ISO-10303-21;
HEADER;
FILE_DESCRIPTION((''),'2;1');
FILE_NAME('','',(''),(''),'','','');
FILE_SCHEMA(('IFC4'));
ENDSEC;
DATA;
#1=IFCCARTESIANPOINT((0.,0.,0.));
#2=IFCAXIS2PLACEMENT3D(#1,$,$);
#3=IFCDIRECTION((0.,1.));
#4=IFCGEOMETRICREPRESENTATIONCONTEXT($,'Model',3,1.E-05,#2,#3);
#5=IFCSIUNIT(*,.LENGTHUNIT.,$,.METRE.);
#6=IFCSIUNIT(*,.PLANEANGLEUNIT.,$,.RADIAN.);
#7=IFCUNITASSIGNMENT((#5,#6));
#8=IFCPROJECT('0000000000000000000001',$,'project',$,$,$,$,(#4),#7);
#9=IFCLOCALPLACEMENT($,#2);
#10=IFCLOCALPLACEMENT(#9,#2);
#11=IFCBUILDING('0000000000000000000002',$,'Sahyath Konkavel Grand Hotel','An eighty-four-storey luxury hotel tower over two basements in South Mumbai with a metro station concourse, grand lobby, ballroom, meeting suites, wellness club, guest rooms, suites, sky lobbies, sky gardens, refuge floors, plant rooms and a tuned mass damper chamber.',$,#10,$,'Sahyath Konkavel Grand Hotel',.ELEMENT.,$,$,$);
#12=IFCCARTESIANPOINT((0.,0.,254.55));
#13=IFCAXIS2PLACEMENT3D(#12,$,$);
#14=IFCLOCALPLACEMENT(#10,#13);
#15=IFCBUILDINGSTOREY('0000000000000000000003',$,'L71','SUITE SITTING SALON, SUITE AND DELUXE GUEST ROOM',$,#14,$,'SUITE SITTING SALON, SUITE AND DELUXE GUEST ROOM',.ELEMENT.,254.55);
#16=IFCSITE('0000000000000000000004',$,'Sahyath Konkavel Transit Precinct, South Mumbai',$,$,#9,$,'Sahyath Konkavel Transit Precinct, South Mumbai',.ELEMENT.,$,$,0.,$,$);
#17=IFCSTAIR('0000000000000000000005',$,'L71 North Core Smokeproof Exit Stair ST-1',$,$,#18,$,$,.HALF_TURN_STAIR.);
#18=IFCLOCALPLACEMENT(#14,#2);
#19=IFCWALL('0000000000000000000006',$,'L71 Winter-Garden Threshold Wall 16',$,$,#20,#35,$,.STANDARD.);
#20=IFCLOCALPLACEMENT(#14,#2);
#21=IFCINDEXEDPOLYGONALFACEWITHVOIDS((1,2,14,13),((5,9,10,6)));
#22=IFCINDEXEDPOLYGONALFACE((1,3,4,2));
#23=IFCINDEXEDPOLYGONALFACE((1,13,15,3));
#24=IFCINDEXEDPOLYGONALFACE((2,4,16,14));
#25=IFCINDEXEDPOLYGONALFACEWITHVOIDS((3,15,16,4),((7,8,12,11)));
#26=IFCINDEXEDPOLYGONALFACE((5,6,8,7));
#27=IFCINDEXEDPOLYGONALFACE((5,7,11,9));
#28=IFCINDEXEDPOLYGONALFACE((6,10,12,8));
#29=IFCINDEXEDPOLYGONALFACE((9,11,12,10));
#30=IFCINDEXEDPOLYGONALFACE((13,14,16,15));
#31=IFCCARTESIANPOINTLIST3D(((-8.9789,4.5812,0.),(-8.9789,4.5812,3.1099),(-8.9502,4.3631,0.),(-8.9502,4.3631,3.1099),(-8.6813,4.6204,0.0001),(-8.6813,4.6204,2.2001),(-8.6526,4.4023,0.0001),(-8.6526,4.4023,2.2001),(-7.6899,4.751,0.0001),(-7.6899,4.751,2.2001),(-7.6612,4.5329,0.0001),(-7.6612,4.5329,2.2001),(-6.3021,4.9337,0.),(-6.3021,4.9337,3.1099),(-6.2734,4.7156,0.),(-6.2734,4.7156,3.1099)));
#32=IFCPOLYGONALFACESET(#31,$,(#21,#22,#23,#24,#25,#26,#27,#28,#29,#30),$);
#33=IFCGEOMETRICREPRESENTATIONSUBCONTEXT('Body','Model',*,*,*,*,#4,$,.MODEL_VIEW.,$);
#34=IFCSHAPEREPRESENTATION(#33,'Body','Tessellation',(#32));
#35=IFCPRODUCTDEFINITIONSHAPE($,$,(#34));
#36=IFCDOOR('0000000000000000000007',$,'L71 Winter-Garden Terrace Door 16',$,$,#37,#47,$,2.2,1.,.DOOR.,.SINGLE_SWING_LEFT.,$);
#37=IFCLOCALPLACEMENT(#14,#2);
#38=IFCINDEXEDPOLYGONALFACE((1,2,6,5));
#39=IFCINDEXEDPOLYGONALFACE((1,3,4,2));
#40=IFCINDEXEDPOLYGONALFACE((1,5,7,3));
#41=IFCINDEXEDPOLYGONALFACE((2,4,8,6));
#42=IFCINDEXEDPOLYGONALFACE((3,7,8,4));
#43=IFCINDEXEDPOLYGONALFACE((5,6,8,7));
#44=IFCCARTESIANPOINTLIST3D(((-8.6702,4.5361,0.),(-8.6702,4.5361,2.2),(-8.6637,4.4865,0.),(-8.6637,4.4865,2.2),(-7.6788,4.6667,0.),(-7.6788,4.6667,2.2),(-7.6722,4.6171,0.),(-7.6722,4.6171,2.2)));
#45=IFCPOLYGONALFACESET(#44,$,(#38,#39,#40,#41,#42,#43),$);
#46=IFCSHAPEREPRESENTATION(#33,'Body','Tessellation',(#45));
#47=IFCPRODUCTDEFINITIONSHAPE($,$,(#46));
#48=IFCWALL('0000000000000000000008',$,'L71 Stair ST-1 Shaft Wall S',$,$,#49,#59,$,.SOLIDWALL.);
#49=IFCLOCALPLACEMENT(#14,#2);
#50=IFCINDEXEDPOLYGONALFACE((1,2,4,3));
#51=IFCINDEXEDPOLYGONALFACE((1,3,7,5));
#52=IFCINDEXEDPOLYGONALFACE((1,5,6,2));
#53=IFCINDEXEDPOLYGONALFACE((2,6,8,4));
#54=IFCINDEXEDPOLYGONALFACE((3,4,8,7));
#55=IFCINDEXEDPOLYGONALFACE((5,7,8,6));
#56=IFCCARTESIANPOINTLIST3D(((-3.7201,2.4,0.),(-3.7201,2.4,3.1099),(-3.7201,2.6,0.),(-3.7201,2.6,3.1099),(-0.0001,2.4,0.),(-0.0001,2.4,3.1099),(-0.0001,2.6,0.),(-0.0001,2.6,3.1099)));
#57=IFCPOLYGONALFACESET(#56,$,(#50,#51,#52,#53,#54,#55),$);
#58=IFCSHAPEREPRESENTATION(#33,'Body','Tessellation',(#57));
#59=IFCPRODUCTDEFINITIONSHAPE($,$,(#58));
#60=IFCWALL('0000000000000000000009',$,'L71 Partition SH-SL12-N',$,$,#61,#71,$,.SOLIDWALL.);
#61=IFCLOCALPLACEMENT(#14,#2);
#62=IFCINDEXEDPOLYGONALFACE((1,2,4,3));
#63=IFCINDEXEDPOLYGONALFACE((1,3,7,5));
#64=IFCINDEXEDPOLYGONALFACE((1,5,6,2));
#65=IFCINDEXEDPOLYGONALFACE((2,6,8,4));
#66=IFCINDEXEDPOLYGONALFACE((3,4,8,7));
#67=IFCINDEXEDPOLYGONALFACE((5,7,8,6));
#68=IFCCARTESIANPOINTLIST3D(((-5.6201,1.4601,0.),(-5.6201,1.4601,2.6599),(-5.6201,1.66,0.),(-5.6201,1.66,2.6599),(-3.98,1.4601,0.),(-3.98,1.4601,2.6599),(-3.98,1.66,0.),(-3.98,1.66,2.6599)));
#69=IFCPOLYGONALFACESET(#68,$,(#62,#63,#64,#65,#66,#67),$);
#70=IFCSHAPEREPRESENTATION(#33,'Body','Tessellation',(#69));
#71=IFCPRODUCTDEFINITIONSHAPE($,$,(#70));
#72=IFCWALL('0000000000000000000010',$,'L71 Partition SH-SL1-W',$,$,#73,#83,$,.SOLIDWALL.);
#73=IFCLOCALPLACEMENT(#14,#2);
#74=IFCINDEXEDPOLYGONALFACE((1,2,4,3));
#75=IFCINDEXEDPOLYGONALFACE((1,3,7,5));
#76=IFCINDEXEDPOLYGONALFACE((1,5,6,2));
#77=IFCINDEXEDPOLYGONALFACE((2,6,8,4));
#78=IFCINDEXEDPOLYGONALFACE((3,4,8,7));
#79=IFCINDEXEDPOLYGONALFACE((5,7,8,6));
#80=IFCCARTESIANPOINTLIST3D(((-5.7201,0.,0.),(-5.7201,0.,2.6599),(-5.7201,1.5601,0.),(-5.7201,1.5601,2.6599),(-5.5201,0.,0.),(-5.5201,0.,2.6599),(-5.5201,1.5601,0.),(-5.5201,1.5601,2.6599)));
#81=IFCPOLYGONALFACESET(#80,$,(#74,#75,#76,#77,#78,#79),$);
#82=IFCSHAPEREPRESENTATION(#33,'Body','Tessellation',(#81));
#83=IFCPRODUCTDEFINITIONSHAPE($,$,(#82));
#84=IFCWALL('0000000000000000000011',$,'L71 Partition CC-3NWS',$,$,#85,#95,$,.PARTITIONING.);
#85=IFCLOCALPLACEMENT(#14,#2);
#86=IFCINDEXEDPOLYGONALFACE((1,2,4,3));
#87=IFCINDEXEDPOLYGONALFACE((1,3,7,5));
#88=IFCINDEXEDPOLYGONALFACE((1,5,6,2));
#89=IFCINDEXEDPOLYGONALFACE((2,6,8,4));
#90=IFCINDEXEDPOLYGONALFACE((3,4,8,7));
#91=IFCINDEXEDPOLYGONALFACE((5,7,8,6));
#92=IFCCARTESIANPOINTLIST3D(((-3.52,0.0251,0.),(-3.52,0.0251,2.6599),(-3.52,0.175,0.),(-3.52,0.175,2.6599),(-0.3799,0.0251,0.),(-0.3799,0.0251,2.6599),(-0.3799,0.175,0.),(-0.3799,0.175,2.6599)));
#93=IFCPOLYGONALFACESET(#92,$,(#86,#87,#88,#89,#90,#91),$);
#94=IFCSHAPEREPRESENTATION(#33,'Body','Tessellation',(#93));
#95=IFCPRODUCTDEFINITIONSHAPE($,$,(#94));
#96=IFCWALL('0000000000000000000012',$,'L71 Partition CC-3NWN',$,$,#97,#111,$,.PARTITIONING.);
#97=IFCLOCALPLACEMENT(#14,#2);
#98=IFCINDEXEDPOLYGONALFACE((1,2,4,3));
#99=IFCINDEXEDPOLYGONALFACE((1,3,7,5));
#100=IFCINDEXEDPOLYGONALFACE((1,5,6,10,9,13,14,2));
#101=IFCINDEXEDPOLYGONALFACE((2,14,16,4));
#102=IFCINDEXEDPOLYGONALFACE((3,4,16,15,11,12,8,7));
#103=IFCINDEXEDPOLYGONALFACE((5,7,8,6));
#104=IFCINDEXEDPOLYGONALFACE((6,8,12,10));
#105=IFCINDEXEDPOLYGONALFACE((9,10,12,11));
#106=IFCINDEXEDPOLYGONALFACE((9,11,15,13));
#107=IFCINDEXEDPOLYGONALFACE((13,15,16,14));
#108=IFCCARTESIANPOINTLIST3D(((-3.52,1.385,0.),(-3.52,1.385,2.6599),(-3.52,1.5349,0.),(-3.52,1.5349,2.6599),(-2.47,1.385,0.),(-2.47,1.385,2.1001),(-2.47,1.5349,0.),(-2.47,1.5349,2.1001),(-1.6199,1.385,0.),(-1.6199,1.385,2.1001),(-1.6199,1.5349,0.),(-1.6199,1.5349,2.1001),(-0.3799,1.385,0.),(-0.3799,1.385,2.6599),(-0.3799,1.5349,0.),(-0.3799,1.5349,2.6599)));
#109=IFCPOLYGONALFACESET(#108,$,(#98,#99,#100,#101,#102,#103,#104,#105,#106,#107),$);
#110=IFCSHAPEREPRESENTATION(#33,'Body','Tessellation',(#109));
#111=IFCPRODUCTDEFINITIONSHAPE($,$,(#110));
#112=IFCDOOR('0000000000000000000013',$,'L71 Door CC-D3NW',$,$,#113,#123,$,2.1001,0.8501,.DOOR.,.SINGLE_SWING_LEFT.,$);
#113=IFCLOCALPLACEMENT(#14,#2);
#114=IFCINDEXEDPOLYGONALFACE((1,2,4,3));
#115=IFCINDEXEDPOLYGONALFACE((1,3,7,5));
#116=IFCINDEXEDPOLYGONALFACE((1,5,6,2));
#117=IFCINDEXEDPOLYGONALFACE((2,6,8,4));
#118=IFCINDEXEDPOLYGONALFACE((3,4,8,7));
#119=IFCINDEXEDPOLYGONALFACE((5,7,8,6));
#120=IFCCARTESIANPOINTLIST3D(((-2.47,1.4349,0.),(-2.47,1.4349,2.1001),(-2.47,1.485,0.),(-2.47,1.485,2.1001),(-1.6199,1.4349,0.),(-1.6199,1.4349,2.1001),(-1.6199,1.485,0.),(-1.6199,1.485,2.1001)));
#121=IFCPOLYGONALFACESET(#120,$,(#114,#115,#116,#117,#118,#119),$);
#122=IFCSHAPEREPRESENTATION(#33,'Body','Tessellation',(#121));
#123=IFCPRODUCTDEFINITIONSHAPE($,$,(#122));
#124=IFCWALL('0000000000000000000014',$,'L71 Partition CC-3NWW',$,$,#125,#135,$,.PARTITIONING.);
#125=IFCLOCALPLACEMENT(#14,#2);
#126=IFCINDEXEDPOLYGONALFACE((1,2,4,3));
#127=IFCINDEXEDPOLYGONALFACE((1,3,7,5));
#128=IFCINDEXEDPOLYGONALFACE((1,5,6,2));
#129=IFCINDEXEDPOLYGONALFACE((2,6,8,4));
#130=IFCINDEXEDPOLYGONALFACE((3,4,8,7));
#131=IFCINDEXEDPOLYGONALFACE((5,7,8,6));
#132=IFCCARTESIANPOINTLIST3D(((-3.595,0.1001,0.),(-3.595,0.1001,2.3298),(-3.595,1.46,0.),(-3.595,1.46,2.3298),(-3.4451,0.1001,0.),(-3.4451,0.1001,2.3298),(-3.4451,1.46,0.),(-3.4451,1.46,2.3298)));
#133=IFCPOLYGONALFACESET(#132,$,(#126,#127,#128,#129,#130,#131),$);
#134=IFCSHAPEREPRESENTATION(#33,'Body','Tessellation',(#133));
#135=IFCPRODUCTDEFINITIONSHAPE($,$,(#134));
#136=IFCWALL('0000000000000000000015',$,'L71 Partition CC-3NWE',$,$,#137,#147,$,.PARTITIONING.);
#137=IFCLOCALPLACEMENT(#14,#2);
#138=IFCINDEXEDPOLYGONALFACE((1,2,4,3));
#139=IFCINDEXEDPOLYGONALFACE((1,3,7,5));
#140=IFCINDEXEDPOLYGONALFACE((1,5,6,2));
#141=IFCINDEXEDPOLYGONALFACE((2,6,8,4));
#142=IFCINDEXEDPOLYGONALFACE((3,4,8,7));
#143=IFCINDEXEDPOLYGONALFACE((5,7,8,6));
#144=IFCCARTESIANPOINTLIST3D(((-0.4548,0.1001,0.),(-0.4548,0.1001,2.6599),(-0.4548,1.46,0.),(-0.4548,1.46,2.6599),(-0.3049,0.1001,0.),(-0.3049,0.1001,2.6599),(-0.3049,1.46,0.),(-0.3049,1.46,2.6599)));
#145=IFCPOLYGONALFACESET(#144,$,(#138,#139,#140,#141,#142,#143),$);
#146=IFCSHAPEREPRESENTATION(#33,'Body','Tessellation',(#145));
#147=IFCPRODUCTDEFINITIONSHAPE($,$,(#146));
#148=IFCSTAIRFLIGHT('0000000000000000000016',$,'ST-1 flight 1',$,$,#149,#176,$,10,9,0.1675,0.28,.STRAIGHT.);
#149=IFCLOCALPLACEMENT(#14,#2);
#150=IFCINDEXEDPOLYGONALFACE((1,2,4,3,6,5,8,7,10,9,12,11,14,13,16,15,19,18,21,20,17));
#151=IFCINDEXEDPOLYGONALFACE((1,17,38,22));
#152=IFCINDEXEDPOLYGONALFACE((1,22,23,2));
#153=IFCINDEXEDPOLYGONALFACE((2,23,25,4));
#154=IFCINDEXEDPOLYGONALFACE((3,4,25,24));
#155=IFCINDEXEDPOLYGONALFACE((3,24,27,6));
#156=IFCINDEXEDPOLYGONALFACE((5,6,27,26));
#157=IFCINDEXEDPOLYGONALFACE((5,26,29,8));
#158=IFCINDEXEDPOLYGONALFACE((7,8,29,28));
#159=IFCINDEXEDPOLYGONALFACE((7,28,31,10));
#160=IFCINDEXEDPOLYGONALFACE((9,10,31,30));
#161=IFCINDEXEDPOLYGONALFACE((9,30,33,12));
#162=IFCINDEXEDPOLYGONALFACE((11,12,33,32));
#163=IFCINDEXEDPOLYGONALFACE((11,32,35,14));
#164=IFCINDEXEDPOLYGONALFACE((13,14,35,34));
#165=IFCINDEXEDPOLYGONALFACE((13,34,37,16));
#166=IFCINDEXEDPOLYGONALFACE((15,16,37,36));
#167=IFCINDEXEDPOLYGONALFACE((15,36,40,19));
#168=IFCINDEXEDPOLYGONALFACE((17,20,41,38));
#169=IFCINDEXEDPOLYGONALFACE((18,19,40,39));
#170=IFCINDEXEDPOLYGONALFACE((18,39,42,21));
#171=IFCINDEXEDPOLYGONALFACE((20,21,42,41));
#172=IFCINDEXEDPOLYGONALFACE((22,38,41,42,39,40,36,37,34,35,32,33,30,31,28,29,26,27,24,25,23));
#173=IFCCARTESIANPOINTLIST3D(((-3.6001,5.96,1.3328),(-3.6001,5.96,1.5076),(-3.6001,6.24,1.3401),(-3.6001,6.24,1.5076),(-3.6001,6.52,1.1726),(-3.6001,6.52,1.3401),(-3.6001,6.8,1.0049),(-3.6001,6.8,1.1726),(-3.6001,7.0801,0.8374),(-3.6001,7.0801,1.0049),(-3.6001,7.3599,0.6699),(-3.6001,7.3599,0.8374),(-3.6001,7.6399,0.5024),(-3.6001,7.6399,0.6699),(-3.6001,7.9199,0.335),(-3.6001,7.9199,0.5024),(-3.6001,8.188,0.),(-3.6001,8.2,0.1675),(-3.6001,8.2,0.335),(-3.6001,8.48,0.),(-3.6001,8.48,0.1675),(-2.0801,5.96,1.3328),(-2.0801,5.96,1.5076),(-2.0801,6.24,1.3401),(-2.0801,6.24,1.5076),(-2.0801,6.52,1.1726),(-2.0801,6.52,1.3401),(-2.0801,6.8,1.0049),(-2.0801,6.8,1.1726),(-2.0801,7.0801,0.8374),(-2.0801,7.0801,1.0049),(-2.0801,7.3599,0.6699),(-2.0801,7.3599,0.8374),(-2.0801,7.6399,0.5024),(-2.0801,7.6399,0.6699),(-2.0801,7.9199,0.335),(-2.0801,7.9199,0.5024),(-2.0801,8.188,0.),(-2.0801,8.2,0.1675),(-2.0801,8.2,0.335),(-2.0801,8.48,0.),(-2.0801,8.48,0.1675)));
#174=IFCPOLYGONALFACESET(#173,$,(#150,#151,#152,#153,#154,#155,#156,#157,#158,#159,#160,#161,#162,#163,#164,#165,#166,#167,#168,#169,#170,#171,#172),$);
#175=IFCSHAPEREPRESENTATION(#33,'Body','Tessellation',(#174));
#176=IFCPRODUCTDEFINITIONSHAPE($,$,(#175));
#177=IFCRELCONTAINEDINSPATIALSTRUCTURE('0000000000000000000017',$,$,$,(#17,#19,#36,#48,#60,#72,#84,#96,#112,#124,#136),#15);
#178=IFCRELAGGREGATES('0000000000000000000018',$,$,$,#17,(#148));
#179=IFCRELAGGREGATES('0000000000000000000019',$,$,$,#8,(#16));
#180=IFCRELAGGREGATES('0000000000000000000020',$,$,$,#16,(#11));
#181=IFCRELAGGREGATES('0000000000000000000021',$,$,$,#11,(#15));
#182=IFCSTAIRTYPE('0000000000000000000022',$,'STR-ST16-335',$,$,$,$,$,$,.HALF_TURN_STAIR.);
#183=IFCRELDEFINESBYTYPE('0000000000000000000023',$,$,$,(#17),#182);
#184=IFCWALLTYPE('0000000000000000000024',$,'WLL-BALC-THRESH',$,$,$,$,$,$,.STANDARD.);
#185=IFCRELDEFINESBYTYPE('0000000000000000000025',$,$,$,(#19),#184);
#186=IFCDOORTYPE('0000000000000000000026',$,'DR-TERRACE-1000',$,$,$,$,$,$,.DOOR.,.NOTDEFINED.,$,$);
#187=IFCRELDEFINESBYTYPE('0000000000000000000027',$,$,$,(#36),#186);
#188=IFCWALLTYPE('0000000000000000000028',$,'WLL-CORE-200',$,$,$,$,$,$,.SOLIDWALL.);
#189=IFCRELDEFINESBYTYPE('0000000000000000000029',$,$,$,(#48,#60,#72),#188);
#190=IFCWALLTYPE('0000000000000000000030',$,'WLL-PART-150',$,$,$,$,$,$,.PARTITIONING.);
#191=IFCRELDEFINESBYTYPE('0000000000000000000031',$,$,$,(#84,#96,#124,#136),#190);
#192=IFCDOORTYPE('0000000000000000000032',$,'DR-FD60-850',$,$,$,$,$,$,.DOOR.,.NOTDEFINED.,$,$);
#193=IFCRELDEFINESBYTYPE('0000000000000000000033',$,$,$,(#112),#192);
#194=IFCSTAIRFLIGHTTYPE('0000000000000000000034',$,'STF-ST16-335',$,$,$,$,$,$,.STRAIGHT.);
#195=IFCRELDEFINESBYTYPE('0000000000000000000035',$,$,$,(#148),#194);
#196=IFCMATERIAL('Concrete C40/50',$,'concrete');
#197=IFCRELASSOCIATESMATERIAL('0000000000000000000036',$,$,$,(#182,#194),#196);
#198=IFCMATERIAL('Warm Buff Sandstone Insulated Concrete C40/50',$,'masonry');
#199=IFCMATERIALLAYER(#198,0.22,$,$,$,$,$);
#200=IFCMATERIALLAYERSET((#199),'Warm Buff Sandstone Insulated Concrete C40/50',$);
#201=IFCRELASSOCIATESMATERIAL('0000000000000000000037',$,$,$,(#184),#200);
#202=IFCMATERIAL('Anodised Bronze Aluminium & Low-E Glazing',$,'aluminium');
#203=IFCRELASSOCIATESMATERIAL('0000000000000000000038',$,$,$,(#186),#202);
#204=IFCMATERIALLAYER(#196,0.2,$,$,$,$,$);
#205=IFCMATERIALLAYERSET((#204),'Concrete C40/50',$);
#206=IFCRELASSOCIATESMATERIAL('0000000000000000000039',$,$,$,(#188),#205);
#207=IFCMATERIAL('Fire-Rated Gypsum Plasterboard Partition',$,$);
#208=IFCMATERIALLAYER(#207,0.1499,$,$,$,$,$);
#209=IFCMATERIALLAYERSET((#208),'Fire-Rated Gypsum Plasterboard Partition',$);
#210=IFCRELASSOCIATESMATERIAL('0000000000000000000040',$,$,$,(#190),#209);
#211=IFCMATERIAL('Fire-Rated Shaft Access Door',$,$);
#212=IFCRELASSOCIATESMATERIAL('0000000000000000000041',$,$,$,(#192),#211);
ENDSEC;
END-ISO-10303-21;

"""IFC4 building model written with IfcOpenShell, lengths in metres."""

from ifc_helpers import new_model, si_unit, direction, frame, frame_2d, origin, origin_2d, place, context, subcontext, project, spatial, polyline, rectangle, outline, extrude, source, transform, mapped, material, layer, layer_set, type_object, element, fill, aggregate, save


model = new_model("IFC4")

# Units and contexts
model_context = context("Model", 3, precision=1e-05, world=origin(), true_north=direction((0.0, 1.0)))
body_context = subcontext(model_context, "Body", "Model", "MODEL_VIEW")
ifc_project = project(units=[si_unit("LENGTHUNIT", "METRE"), si_unit("PLANEANGLEUNIT", "RADIAN")], contexts=[model_context])

# Site, building, storey
site_placement = place(None, origin())
site = spatial("IfcSite", under=ifc_project, at=site_placement, Name="Sahyath Konkavel Transit Precinct, South Mumbai", LongName="Sahyath Konkavel Transit Precinct, South Mumbai", CompositionType="ELEMENT", RefElevation=0.0)
building_placement = place(site_placement, origin())
building = spatial("IfcBuilding", under=site, at=building_placement, Name="Sahyath Konkavel Grand Hotel", Description="An eighty-four-storey luxury hotel tower over two basements in South Mumbai with a metro station concourse, grand lobby, ballroom, meeting suites, wellness club, guest rooms, suites, sky lobbies, sky gardens, refuge floors, plant rooms and a tuned mass damper chamber.", LongName="Sahyath Konkavel Grand Hotel", CompositionType="ELEMENT")
storey_placement = place(building_placement, frame((0.0, 0.0, 254.55)))
storey = spatial("IfcBuildingStorey", under=building, at=storey_placement, Name="L71", Description="SUITE SITTING SALON, SUITE AND DELUXE GUEST ROOM", LongName="SUITE SITTING SALON, SUITE AND DELUXE GUEST ROOM", CompositionType="ELEMENT", Elevation=254.55)

# Shared definitions
ifc_material_1 = material(Name="Concrete C40/50", Category="concrete")

# Shared definitions
ifc_material_2 = material(Name="Anodised Bronze Aluminium & Low-E Glazing", Category="aluminium")

# Stair
stair_type = type_object("IfcStairType", Name="STR-ST16-335", PredefinedType="HALF_TURN_STAIR", material=ifc_material_1)
stair_1_placement = place(storey_placement, origin())
stair_1 = element("IfcStair", 1, at=stair_1_placement, inside=storey, type_object=stair_type, Name="L71 North Core Smokeproof Exit Stair ST-1", PredefinedType="HALF_TURN_STAIR")

# Wall, opening, door
ifc_material_3 = material(Name="Warm Buff Sandstone Insulated Concrete C40/50", Category="masonry")
ifc_layer_1 = layer(ifc_material_3, 0.22)
ifc_layer_set_1 = layer_set([ifc_layer_1], Name="Warm Buff Sandstone Insulated Concrete C40/50")
wall_type_1 = type_object("IfcWallType", Name="WLL-BALC-THRESH", PredefinedType="STANDARD", material=ifc_layer_set_1)
wall_1_placement = place(storey_placement, frame((-6.2876, 4.8247, 0.0), z_axis=(0.0, 0.0, 1.0), x_axis=(-0.991438, -0.130576, 0.0)))
wall_1 = element("IfcWall", 2, at=wall_1_placement, inside=storey, type_object=wall_type_1, Name="L71 Winter-Garden Threshold Wall 16", PredefinedType="STANDARD", context=body_context, shape_type="SweptSolid", body=[
    extrude(rectangle(XDim=2.7, YDim=0.22, at=frame_2d((1.3501, 0.0))), origin(), (0.0, 0.0, 1.0), 3.1099),
])
opening_1_placement = place(wall_1_placement, frame((1.3999, 0.0, 0.0)))
opening_1 = element("IfcOpeningElement", 3, at=opening_1_placement, cuts=wall_1, PredefinedType="OPENING", context=body_context, shape_type="SweptSolid", body=[
    extrude(rectangle(XDim=1.0, YDim=2.2, at=frame_2d((0.5, 1.1001))), frame((0.0, 0.1201, 0.0), z_axis=(0.0, -1.0, 0.0), x_axis=(1.0, 0.0, 0.0)), (0.0, 0.0, 1.0), 0.24),
])
door_type_1 = type_object("IfcDoorType", Name="DR-TERRACE-1000", OperationType="NOTDEFINED", PredefinedType="DOOR", material=ifc_material_2)
shared_shape_1 = source(origin(), body_context, "Body", "SweptSolid", [
    extrude(rectangle(XDim=1.0, YDim=0.05, at=origin_2d()), origin(), (0.0, 0.0, 1.0), 2.2),
])
door_1_placement = place(opening_1_placement, frame((0.5, 0.0, 0.0)))
door_1 = element("IfcDoor", 4, at=door_1_placement, inside=storey, type_object=door_type_1, Name="L71 Winter-Garden Terrace Door 16", OperationType="SINGLE_SWING_LEFT", OverallHeight=2.2, OverallWidth=1.0, PredefinedType="DOOR", context=body_context, shape_type="MappedRepresentation", body=[
    mapped(shared_shape_1, transform((0.0, 0.0, 0.0), scale=1.0)),
])
fill(opening_1, door_1)

# Walls
ifc_layer_2 = layer(ifc_material_1, 0.2)
ifc_layer_set_2 = layer_set([ifc_layer_2], Name="Concrete C40/50")
wall_type_2 = type_object("IfcWallType", Name="WLL-CORE-200", PredefinedType="SOLIDWALL", material=ifc_layer_set_2)
wall_2_placement = place(storey_placement, frame((-3.72, 2.5, 0.0), z_axis=(0.0, 0.0, 1.0), x_axis=(1.0, 0.0, 0.0)))
element("IfcWall", 5, at=wall_2_placement, inside=storey, type_object=wall_type_2, Name="L71 Stair ST-1 Shaft Wall S", PredefinedType="SOLIDWALL", context=body_context, shape_type="SweptSolid", body=[
    extrude(rectangle(XDim=3.72, YDim=0.2, at=frame_2d((1.8599, 0.0))), origin(), (0.0, 0.0, 1.0), 3.1099),
])
wall_3_placement = place(storey_placement, frame((-5.6201, 1.5601, 0.0), z_axis=(0.0, 0.0, 1.0), x_axis=(1.0, 0.0, 0.0)))
element("IfcWall", 6, at=wall_3_placement, inside=storey, type_object=wall_type_2, Name="L71 Partition SH-SL12-N", PredefinedType="SOLIDWALL", context=body_context, shape_type="SweptSolid", body=[
    extrude(rectangle(XDim=1.6401, YDim=0.2, at=frame_2d((0.8201, 0.0))), origin(), (0.0, 0.0, 1.0), 2.6599),
])
wall_4_placement = place(storey_placement, frame((-5.6201, 0.0, 0.0), z_axis=(0.0, 0.0, 1.0), x_axis=(0.0, 1.0, 0.0)))
element("IfcWall", 7, at=wall_4_placement, inside=storey, type_object=wall_type_2, Name="L71 Partition SH-SL1-W", PredefinedType="SOLIDWALL", context=body_context, shape_type="SweptSolid", body=[
    extrude(rectangle(XDim=1.5601, YDim=0.2, at=frame_2d((0.78, 0.0))), origin(), (0.0, 0.0, 1.0), 2.6599),
])
ifc_material_4 = material(Name="Fire-Rated Gypsum Plasterboard Partition")
ifc_layer_3 = layer(ifc_material_4, 0.1499)
ifc_layer_set_3 = layer_set([ifc_layer_3], Name="Fire-Rated Gypsum Plasterboard Partition")
wall_type_3 = type_object("IfcWallType", Name="WLL-PART-150", PredefinedType="PARTITIONING", material=ifc_layer_set_3)
wall_5_placement = place(storey_placement, frame((-3.52, 0.1001, 0.0), z_axis=(0.0, 0.0, 1.0), x_axis=(1.0, 0.0, 0.0)))
element("IfcWall", 8, at=wall_5_placement, inside=storey, type_object=wall_type_3, Name="L71 Partition CC-3NWS", PredefinedType="PARTITIONING", context=body_context, shape_type="SweptSolid", body=[
    extrude(rectangle(XDim=3.1401, YDim=0.1499, at=frame_2d((1.5701, 0.0))), origin(), (0.0, 0.0, 1.0), 2.6599),
])

# Wall, opening, door
wall_6_placement = place(storey_placement, frame((-3.52, 1.46, 0.0), z_axis=(0.0, 0.0, 1.0), x_axis=(1.0, 0.0, 0.0)))
wall_6 = element("IfcWall", 9, at=wall_6_placement, inside=storey, type_object=wall_type_3, Name="L71 Partition CC-3NWN", PredefinedType="PARTITIONING", context=body_context, shape_type="SweptSolid", body=[
    extrude(rectangle(XDim=3.1401, YDim=0.1499, at=frame_2d((1.5701, 0.0))), origin(), (0.0, 0.0, 1.0), 2.6599),
])
opening_2_placement = place(wall_6_placement, frame((1.05, 0.0, 0.0)))
opening_2 = element("IfcOpeningElement", 10, at=opening_2_placement, cuts=wall_6, PredefinedType="OPENING", context=body_context, shape_type="SweptSolid", body=[
    extrude(rectangle(XDim=0.8501, YDim=2.1001, at=frame_2d((0.425, 1.05))), frame((0.0, 0.085, 0.0), z_axis=(0.0, -1.0, 0.0), x_axis=(1.0, 0.0, 0.0)), (0.0, 0.0, 1.0), 0.1699),
])
ifc_material_5 = material(Name="Fire-Rated Shaft Access Door")
door_type_2 = type_object("IfcDoorType", Name="DR-FD60-850", OperationType="NOTDEFINED", PredefinedType="DOOR", material=ifc_material_5)
shared_shape_2 = source(origin(), body_context, "Body", "SweptSolid", [
    extrude(rectangle(XDim=0.8501, YDim=0.05, at=origin_2d()), origin(), (0.0, 0.0, 1.0), 2.1001),
])
door_2_placement = place(opening_2_placement, frame((0.425, 0.0, 0.0)))
door_2 = element("IfcDoor", 11, at=door_2_placement, inside=storey, type_object=door_type_2, Name="L71 Door CC-D3NW", OperationType="SINGLE_SWING_LEFT", OverallHeight=2.1001, OverallWidth=0.8501, PredefinedType="DOOR", context=body_context, shape_type="MappedRepresentation", body=[
    mapped(shared_shape_2, transform((0.0, 0.0, 0.0), scale=1.0)),
])
fill(opening_2, door_2)

# Walls
wall_7_placement = place(storey_placement, frame((-3.52, 0.1001, 0.0), z_axis=(0.0, 0.0, 1.0), x_axis=(0.0, 1.0, 0.0)))
element("IfcWall", 12, at=wall_7_placement, inside=storey, type_object=wall_type_3, Name="L71 Partition CC-3NWW", PredefinedType="PARTITIONING", context=body_context, shape_type="SweptSolid", body=[
    extrude(rectangle(XDim=1.3599, YDim=0.1499, at=frame_2d((0.6799, 0.0))), origin(), (0.0, 0.0, 1.0), 2.3298),
])
wall_8_placement = place(storey_placement, frame((-0.3799, 0.1001, 0.0), z_axis=(0.0, 0.0, 1.0), x_axis=(0.0, 1.0, 0.0)))
element("IfcWall", 13, at=wall_8_placement, inside=storey, type_object=wall_type_3, Name="L71 Partition CC-3NWE", PredefinedType="PARTITIONING", context=body_context, shape_type="SweptSolid", body=[
    extrude(rectangle(XDim=1.3599, YDim=0.1499, at=frame_2d((0.6799, 0.0))), origin(), (0.0, 0.0, 1.0), 2.6599),
])

# Stair flight
stair_flight_type = type_object("IfcStairFlightType", Name="STF-ST16-335", PredefinedType="STRAIGHT", material=ifc_material_1)
stair_flight_1_placement = place(storey_placement, frame((-2.8401, 8.48, 0.0), z_axis=(0.0, 0.0, 1.0), x_axis=(0.0, -1.0, 0.0)))
stair_flight_1 = element("IfcStairFlight", 14, at=stair_flight_1_placement, type_object=stair_flight_type, Name="ST-1 flight 1", NumberOfRisers=10, NumberOfTreads=9, PredefinedType="STRAIGHT", RiserHeight=0.1675, TreadLength=0.28, context=body_context, shape_type="SweptSolid", body=[
    extrude(outline(polyline([(0.0, 0.0), (0.0, 0.1675), (0.28, 0.1675), (0.28, 0.335), (0.5601, 0.335), (0.5601, 0.5024), (0.8401, 0.5024), (0.8401, 0.6699), (1.1201, 0.6699), (1.1201, 0.8374), (1.3999, 0.8374), (1.3999, 1.0049), (1.6799, 1.0049), (1.6799, 1.1726), (1.96, 1.1726), (1.96, 1.3401), (2.24, 1.3401), (2.24, 1.5076), (2.52, 1.5076), (2.52, 1.675), (2.52, 1.3328), (0.292, 0.0), (0.0, 0.0)])), frame((0.0, 0.76, 0.0), z_axis=(0.0, -1.0, 0.0), x_axis=(1.0, 0.0, 0.0)), (0.0, 0.0, 1.0), 1.52),
])
aggregate(stair_1, [stair_flight_1])

save(model, "model.ifc")
